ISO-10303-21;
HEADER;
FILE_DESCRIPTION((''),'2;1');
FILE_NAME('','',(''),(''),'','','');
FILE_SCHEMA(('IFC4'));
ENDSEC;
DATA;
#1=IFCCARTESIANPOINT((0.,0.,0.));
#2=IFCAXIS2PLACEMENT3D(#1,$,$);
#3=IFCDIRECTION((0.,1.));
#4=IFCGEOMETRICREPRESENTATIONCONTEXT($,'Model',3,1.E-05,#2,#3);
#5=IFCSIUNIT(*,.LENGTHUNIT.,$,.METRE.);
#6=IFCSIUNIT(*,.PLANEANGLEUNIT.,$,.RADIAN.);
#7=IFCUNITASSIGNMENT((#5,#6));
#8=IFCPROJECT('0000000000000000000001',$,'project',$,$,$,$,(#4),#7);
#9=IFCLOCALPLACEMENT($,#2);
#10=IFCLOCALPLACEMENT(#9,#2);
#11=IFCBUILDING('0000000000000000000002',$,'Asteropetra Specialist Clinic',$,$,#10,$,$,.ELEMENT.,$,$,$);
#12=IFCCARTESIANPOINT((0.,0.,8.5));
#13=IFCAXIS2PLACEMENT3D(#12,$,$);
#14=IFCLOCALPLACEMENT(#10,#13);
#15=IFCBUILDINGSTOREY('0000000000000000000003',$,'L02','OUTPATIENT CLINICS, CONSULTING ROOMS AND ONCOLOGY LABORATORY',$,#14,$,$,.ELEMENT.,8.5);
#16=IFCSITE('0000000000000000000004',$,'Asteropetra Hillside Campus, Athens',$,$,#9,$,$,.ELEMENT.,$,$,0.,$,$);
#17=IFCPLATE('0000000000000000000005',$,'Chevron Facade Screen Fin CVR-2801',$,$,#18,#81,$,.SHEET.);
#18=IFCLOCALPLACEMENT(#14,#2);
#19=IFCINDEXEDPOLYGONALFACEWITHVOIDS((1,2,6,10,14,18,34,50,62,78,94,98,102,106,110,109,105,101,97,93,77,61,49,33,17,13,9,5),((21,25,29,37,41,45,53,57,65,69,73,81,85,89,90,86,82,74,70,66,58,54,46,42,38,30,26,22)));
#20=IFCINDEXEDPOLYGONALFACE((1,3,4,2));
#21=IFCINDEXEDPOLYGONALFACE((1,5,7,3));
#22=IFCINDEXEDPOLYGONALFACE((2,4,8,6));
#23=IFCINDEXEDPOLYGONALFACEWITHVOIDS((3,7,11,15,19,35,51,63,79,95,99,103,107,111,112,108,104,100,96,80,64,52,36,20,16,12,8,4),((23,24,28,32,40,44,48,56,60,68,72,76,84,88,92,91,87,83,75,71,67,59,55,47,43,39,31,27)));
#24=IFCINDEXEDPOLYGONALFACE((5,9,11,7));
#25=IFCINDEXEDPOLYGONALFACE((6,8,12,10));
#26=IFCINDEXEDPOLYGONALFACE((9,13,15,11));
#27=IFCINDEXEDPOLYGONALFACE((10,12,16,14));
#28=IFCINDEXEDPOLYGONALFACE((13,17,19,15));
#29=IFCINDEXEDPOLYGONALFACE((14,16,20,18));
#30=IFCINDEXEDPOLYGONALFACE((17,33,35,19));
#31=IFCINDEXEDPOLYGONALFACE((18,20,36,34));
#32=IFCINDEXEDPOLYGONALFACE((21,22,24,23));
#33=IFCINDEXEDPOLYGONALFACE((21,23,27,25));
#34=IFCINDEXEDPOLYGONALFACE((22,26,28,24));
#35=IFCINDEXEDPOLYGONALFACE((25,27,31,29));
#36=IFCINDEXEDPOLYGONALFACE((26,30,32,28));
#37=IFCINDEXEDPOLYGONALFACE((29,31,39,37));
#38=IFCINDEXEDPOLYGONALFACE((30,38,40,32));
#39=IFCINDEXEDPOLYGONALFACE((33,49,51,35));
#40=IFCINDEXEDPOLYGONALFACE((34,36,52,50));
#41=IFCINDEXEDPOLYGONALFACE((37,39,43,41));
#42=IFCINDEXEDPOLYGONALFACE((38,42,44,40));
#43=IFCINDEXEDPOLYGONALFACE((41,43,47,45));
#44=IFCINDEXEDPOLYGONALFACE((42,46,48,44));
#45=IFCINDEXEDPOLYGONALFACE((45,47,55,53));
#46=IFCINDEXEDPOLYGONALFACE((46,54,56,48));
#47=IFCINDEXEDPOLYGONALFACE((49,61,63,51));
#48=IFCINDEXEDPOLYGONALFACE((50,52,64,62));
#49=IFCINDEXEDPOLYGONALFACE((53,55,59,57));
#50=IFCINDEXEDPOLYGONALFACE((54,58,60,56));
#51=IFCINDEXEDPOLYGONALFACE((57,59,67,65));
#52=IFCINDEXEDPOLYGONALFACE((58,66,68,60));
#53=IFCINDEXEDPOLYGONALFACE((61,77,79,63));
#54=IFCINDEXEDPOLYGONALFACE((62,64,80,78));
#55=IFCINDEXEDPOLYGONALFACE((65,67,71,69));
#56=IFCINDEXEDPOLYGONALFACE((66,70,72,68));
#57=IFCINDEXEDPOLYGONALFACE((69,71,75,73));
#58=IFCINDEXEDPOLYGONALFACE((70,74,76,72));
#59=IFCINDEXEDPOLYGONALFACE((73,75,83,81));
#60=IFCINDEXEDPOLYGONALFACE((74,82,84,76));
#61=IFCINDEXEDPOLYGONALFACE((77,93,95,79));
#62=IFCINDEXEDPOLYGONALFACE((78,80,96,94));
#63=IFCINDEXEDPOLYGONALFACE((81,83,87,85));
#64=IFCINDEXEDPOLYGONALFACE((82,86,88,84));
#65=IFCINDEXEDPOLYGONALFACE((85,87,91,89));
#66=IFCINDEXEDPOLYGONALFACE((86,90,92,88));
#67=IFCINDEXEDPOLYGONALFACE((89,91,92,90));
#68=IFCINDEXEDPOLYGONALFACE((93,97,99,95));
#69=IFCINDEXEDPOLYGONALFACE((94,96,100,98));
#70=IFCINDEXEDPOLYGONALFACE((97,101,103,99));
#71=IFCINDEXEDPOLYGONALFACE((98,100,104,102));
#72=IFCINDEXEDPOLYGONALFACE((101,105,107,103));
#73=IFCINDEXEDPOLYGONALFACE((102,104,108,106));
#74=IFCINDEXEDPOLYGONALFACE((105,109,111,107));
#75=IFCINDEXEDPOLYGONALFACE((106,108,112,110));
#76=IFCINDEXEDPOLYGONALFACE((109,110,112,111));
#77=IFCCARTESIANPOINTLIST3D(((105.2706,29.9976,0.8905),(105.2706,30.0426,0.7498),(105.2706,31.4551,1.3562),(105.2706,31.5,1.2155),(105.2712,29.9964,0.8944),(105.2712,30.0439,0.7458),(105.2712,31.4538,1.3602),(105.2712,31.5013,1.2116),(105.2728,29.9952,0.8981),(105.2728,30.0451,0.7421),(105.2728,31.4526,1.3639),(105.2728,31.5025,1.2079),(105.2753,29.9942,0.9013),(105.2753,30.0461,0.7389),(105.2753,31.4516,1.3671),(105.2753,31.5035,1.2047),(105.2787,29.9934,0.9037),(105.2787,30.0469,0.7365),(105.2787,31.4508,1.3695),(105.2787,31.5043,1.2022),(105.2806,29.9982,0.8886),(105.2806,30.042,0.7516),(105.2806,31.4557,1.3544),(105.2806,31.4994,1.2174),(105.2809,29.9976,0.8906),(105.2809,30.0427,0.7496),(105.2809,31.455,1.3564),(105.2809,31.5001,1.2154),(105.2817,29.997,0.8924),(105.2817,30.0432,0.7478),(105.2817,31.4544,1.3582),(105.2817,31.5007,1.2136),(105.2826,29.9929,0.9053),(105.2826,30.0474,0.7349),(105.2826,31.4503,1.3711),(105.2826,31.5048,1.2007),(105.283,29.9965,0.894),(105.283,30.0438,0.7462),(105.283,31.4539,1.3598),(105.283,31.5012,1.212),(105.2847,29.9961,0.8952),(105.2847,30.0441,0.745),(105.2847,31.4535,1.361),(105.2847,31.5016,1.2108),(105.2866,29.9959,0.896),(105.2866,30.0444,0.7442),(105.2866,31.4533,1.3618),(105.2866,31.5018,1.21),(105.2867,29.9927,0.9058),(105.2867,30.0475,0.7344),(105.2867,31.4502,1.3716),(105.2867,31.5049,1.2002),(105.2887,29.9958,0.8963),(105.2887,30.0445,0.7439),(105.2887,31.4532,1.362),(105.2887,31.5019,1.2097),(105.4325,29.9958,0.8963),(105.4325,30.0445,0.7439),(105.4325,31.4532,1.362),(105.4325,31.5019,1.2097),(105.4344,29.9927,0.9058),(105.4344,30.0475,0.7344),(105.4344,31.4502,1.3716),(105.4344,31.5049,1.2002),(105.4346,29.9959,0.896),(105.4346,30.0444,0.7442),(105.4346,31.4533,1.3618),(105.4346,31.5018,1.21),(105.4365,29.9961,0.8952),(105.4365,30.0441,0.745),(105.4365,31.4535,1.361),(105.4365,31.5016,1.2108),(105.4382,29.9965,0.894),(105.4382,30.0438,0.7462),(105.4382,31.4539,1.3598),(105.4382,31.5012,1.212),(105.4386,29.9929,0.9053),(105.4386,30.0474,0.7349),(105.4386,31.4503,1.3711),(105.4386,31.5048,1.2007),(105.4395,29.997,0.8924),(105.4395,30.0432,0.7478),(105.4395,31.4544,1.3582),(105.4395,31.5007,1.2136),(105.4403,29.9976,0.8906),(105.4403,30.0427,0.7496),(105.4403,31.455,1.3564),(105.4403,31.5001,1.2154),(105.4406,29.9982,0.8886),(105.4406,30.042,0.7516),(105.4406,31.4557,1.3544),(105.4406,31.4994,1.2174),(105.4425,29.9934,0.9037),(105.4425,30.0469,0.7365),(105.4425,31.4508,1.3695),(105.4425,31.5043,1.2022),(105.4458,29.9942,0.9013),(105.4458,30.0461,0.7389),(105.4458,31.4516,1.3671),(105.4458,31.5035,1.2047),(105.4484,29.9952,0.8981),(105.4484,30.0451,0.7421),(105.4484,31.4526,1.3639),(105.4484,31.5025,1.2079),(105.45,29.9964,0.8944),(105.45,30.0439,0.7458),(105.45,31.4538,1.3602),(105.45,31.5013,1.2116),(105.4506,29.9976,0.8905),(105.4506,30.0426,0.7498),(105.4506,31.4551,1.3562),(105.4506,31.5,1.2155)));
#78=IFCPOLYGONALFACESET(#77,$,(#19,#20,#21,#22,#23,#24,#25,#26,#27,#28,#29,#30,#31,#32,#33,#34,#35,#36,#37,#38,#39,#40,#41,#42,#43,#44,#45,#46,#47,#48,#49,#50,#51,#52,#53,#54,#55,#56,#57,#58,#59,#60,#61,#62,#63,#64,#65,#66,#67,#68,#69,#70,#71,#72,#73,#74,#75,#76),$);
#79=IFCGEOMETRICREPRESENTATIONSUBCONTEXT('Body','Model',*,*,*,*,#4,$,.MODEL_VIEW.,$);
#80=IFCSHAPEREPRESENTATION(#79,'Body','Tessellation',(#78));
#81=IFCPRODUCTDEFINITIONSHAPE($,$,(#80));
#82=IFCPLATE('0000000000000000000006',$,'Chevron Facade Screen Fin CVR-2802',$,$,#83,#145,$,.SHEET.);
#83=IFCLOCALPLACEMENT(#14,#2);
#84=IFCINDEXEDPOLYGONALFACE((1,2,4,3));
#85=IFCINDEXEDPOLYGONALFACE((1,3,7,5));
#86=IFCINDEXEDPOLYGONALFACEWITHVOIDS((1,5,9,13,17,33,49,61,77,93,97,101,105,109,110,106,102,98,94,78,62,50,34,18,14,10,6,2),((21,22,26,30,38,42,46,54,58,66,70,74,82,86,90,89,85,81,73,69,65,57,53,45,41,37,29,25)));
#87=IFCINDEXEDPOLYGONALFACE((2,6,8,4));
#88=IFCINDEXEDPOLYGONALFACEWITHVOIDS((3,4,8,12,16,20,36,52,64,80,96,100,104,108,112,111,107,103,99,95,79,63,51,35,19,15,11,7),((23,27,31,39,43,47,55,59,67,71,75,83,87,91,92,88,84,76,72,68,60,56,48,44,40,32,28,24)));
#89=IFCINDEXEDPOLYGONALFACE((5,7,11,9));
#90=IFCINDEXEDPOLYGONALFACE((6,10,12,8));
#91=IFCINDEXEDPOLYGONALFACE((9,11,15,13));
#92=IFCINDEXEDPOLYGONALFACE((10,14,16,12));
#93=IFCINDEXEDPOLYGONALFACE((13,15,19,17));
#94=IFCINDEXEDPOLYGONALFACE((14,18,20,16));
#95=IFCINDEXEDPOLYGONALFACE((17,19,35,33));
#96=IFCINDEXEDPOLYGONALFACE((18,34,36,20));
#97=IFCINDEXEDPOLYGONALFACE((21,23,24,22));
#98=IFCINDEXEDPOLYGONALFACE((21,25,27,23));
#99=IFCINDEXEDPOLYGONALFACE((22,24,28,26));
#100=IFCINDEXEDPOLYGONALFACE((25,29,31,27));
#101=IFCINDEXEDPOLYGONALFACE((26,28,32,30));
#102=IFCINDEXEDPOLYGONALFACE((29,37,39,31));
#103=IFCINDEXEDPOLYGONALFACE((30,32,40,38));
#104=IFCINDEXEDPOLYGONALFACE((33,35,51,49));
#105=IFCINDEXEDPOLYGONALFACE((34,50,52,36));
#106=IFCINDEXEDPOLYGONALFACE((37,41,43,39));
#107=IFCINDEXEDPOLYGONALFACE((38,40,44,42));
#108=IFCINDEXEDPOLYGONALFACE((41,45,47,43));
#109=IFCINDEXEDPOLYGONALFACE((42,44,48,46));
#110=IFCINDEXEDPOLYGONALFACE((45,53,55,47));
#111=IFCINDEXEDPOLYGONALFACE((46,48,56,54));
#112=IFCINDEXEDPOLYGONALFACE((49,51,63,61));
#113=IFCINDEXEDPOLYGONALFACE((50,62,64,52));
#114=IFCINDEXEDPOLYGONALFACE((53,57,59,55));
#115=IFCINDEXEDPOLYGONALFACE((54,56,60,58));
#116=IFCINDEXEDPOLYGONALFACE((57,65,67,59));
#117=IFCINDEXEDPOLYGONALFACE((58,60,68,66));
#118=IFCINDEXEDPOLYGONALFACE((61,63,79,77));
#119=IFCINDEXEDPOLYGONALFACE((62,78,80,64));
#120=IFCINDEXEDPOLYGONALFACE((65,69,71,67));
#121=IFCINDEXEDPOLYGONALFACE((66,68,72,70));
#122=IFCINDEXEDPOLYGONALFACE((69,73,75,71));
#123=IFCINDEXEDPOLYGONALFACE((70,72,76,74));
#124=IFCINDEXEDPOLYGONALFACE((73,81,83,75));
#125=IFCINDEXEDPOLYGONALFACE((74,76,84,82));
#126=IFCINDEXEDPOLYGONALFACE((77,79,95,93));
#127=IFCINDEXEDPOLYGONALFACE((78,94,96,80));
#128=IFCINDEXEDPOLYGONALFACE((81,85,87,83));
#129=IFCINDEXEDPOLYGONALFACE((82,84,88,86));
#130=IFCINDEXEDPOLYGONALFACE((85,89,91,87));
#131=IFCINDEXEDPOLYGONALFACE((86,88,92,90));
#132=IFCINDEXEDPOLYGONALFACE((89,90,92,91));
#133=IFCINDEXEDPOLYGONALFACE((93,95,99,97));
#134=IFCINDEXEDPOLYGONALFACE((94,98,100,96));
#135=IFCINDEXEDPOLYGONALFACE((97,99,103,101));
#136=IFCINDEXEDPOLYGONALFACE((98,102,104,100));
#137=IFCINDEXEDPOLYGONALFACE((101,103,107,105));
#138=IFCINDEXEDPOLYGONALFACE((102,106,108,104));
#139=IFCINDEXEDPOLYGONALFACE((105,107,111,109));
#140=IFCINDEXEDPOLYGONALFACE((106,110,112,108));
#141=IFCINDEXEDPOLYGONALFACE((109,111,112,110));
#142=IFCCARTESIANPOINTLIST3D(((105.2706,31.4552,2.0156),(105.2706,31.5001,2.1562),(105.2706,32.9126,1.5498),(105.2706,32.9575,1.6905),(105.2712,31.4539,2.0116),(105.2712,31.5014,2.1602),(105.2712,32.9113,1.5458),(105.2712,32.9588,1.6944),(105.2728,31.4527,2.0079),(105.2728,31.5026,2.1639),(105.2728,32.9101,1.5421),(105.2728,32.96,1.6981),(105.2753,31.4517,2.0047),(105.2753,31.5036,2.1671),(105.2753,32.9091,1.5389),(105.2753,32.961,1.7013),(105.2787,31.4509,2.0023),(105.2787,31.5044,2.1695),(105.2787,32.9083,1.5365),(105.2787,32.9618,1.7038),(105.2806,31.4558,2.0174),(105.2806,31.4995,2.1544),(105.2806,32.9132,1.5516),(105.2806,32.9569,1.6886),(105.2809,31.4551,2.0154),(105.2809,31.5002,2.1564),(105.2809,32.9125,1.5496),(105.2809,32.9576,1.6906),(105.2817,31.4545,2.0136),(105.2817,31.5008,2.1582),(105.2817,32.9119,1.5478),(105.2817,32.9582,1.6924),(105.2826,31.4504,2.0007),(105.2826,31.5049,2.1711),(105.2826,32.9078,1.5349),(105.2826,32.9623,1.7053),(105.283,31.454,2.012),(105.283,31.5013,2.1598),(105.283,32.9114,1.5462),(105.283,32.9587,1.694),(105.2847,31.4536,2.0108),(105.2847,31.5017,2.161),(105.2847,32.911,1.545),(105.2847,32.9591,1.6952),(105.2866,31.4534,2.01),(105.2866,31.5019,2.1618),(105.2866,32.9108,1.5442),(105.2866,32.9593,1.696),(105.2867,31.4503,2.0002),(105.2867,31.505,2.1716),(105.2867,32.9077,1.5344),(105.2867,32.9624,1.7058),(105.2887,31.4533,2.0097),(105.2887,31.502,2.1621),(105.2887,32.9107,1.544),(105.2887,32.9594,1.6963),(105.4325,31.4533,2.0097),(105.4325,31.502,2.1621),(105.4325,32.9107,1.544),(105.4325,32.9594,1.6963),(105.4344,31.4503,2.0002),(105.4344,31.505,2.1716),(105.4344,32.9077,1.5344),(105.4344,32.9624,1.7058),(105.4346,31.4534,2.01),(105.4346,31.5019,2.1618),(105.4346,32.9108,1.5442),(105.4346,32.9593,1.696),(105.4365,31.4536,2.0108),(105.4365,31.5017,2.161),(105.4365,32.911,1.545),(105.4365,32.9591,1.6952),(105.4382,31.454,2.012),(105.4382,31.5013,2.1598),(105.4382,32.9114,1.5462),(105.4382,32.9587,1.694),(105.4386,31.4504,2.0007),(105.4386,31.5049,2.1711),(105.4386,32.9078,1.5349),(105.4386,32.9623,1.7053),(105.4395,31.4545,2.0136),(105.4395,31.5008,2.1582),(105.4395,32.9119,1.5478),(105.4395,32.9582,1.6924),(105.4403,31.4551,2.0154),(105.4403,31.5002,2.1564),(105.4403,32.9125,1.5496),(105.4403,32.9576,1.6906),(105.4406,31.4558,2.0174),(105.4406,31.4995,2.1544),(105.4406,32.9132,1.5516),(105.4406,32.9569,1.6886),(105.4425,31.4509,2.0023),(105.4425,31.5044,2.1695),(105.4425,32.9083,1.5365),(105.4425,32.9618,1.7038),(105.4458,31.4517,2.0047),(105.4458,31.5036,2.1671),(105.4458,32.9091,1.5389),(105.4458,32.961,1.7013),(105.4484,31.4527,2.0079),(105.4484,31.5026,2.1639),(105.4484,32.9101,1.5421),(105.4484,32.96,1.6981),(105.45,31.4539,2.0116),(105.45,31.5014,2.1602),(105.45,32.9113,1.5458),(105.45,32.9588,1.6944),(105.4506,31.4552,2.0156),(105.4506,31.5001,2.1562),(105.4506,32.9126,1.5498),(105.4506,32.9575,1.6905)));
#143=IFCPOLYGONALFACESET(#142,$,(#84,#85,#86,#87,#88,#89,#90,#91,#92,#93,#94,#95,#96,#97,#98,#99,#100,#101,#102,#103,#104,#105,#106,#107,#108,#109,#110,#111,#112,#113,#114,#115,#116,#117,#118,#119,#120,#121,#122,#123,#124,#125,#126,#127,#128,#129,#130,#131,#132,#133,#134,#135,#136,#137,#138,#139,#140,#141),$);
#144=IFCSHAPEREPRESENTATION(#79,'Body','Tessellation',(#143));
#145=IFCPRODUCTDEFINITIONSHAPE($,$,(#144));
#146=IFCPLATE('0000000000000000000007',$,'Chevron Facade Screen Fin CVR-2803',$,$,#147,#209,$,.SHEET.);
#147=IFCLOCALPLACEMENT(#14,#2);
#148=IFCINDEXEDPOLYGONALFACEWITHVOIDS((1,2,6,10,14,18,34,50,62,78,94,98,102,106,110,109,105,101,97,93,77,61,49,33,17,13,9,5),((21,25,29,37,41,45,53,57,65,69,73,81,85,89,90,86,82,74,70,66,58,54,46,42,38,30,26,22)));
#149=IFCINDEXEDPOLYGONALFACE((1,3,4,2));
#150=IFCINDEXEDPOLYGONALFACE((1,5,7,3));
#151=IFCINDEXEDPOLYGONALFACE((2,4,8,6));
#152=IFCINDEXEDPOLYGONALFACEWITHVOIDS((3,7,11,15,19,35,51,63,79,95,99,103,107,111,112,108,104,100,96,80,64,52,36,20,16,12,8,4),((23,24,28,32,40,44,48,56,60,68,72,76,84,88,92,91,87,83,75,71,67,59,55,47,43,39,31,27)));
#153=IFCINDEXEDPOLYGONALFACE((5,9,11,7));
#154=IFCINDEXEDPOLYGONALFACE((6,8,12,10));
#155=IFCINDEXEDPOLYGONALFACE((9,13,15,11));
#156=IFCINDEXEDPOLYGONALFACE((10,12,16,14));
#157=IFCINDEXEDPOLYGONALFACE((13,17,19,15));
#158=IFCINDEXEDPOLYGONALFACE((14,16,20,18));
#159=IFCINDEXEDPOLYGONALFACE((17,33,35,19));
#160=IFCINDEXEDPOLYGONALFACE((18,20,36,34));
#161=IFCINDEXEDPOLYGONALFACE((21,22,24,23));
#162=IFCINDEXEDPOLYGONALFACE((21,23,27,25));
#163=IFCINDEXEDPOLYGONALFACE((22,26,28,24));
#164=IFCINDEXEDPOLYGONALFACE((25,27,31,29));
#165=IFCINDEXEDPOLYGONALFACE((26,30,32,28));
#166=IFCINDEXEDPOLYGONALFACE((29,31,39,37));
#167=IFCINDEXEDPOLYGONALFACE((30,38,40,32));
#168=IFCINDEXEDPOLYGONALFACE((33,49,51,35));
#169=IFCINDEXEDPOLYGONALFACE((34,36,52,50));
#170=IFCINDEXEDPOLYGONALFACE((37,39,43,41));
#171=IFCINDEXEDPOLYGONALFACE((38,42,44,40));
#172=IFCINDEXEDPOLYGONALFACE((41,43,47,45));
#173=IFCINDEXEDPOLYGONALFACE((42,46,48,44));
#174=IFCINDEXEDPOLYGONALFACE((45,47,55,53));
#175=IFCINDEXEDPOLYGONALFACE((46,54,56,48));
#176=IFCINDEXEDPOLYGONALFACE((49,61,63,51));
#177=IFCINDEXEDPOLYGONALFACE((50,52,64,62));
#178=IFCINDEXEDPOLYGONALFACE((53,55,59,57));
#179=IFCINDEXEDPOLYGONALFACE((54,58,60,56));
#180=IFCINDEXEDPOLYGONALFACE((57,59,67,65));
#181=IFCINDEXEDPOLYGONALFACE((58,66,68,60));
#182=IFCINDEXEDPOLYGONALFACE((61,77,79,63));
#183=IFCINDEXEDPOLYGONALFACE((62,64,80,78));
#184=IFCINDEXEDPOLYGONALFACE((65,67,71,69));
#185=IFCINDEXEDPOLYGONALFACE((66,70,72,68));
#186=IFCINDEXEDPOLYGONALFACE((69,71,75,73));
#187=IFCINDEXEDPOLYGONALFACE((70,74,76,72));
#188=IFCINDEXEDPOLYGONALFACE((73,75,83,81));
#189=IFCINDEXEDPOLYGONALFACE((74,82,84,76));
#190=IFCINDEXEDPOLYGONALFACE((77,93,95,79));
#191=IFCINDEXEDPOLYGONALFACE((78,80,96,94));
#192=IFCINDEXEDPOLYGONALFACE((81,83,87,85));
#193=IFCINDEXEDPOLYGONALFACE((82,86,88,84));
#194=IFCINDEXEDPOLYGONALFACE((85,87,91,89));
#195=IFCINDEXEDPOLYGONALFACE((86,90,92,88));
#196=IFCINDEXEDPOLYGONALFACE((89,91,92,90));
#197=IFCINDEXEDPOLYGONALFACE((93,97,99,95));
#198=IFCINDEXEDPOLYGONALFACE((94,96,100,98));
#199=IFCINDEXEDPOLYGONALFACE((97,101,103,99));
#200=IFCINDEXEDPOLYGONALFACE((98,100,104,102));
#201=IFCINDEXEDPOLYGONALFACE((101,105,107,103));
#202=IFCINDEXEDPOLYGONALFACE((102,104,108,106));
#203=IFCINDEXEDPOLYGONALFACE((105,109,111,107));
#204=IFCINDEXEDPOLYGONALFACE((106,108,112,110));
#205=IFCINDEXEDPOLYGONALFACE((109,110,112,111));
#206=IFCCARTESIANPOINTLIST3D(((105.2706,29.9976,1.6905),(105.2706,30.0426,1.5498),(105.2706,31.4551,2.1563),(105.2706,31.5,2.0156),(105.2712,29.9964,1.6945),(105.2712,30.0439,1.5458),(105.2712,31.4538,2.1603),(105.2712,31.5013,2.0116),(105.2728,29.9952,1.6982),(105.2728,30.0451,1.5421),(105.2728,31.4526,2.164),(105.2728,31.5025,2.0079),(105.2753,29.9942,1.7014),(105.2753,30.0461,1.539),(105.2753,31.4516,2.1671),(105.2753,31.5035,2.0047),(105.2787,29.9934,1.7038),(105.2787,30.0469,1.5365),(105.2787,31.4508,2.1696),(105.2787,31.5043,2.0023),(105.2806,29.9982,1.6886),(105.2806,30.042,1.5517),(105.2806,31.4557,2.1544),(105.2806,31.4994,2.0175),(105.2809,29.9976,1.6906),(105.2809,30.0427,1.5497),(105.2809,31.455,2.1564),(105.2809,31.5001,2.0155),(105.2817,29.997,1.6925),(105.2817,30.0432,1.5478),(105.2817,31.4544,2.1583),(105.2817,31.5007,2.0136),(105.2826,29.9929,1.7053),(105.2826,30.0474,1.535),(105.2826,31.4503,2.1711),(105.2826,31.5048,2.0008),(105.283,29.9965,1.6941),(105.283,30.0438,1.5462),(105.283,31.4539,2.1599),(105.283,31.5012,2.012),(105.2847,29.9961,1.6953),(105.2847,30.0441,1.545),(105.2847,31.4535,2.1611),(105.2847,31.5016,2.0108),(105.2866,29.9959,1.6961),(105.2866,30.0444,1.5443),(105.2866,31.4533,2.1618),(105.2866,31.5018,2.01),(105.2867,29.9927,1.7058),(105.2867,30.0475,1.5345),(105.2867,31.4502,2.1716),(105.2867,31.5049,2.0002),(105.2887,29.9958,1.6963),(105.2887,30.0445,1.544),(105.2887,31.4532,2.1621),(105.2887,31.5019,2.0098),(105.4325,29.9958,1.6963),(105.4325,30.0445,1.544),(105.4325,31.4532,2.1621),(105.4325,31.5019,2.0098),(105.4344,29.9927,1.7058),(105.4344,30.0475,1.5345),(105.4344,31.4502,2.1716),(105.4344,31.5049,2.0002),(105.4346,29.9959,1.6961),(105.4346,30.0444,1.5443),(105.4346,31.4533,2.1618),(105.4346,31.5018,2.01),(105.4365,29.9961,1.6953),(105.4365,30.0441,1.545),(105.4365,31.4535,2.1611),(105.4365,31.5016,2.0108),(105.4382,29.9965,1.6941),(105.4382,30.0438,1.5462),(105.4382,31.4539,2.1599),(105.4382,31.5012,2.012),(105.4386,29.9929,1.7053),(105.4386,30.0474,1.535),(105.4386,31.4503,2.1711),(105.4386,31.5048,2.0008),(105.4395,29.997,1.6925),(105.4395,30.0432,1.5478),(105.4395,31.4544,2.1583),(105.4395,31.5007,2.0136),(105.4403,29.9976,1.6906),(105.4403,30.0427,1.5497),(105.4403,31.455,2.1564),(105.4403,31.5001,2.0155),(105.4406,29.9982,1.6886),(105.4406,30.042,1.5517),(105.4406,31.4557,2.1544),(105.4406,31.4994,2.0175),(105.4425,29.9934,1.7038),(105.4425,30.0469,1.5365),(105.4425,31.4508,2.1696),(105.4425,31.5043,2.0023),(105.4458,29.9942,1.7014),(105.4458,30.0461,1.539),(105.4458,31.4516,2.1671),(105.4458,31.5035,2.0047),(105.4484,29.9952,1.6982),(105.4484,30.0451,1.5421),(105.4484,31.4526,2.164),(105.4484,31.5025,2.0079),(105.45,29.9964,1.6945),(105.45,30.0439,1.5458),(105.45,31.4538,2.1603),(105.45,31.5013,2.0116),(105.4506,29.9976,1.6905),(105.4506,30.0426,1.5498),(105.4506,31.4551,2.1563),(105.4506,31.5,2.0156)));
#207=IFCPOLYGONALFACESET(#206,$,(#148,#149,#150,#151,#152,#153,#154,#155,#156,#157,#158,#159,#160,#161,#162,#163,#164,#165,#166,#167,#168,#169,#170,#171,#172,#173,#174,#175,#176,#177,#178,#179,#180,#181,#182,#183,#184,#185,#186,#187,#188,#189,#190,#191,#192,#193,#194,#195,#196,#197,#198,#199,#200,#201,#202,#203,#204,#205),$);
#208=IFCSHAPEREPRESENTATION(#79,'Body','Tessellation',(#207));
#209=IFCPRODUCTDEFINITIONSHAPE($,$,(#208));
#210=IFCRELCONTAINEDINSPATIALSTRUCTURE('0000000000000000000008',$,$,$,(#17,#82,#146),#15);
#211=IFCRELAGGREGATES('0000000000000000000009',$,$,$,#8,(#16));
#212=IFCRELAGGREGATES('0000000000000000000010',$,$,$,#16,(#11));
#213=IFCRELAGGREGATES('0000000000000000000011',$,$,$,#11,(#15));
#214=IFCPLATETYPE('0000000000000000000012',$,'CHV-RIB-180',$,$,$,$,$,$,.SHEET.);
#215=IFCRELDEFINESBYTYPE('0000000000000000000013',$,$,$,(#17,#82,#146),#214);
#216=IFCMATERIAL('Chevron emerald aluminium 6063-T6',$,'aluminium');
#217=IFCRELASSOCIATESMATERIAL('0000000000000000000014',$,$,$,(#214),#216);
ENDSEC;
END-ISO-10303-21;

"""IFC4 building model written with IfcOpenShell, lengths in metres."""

from ifc_helpers import new_model, si_unit, direction, frame, origin, origin_2d, place, context, subcontext, project, spatial, hollow_rectangle, extrude, material, material_profile, profile_set, type_object, element, save


model = new_model("IFC4")

# Units and contexts
model_context = context("Model", 3, precision=1e-05, world=origin(), true_north=direction((0.0, 1.0)))
body_context = subcontext(model_context, "Body", "Model", "MODEL_VIEW")
ifc_project = project(units=[si_unit("LENGTHUNIT", "METRE"), si_unit("PLANEANGLEUNIT", "RADIAN")], contexts=[model_context])

# Site, building, storey
site_placement = place(None, origin())
site = spatial("IfcSite", under=ifc_project, at=site_placement, Name="Asteropetra Hillside Campus, Athens", CompositionType="ELEMENT", RefElevation=0.0)
building_placement = place(site_placement, origin())
building = spatial("IfcBuilding", under=site, at=building_placement, Name="Asteropetra Specialist Clinic", CompositionType="ELEMENT")
storey_placement = place(building_placement, frame((0.0, 0.0, 8.5)))
storey = spatial("IfcBuildingStorey", under=building, at=storey_placement, Name="L02", Description="OUTPATIENT CLINICS, CONSULTING ROOMS AND ONCOLOGY LABORATORY", CompositionType="ELEMENT", Elevation=8.5)

# Plates
ifc_material_1 = material(Name="Chevron emerald aluminium 6063-T6", Category="aluminium")
ifc_material_profile = material_profile(ifc_material_1, hollow_rectangle(XDim=0.1799, YDim=0.1799, WallThickness=0.01, InnerFilletRadius=0.0081, OuterFilletRadius=0.0161, at=origin_2d()), Name="SHS 180x180x10.0")
ifc_profile_set = profile_set([ifc_material_profile], Name="Chevron emerald aluminium 6063-T6")
plate_type = type_object("IfcPlateType", Name="CHV-RIB-180", PredefinedType="SHEET", material=ifc_profile_set)
for number, where, z_axis, x_axis, name in (
    (1, (105.3606, 31.4775, 1.2859), (0.0, -0.952535, -0.304428), (1.0, 0.0, 0.0), "Chevron Facade Screen Fin CVR-2801"),
    (2, (105.3606, 32.9351, 1.6201), (0.0, -0.952535, 0.304428), (1.0, 0.0, 0.0), "Chevron Facade Screen Fin CVR-2802"),
    (3, (105.3606, 31.4775, 2.0859), (0.0, -0.952535, -0.304428), (1.0, 0.0, 0.0), "Chevron Facade Screen Fin CVR-2803"),
):
    element("IfcPlate", number, at=place(storey_placement, frame(where, z_axis=z_axis, x_axis=x_axis)), inside=storey, type_object=plate_type, Name=name, PredefinedType="SHEET", context=body_context, shape_type="SweptSolid", body=[
        extrude(hollow_rectangle(XDim=0.1799, YDim=0.1799, WallThickness=0.01, InnerFilletRadius=0.0081, OuterFilletRadius=0.0161, at=origin_2d()), origin(), (0.0, 0.0, 1.0), 1.53),
    ])

save(model, "model.ifc")
